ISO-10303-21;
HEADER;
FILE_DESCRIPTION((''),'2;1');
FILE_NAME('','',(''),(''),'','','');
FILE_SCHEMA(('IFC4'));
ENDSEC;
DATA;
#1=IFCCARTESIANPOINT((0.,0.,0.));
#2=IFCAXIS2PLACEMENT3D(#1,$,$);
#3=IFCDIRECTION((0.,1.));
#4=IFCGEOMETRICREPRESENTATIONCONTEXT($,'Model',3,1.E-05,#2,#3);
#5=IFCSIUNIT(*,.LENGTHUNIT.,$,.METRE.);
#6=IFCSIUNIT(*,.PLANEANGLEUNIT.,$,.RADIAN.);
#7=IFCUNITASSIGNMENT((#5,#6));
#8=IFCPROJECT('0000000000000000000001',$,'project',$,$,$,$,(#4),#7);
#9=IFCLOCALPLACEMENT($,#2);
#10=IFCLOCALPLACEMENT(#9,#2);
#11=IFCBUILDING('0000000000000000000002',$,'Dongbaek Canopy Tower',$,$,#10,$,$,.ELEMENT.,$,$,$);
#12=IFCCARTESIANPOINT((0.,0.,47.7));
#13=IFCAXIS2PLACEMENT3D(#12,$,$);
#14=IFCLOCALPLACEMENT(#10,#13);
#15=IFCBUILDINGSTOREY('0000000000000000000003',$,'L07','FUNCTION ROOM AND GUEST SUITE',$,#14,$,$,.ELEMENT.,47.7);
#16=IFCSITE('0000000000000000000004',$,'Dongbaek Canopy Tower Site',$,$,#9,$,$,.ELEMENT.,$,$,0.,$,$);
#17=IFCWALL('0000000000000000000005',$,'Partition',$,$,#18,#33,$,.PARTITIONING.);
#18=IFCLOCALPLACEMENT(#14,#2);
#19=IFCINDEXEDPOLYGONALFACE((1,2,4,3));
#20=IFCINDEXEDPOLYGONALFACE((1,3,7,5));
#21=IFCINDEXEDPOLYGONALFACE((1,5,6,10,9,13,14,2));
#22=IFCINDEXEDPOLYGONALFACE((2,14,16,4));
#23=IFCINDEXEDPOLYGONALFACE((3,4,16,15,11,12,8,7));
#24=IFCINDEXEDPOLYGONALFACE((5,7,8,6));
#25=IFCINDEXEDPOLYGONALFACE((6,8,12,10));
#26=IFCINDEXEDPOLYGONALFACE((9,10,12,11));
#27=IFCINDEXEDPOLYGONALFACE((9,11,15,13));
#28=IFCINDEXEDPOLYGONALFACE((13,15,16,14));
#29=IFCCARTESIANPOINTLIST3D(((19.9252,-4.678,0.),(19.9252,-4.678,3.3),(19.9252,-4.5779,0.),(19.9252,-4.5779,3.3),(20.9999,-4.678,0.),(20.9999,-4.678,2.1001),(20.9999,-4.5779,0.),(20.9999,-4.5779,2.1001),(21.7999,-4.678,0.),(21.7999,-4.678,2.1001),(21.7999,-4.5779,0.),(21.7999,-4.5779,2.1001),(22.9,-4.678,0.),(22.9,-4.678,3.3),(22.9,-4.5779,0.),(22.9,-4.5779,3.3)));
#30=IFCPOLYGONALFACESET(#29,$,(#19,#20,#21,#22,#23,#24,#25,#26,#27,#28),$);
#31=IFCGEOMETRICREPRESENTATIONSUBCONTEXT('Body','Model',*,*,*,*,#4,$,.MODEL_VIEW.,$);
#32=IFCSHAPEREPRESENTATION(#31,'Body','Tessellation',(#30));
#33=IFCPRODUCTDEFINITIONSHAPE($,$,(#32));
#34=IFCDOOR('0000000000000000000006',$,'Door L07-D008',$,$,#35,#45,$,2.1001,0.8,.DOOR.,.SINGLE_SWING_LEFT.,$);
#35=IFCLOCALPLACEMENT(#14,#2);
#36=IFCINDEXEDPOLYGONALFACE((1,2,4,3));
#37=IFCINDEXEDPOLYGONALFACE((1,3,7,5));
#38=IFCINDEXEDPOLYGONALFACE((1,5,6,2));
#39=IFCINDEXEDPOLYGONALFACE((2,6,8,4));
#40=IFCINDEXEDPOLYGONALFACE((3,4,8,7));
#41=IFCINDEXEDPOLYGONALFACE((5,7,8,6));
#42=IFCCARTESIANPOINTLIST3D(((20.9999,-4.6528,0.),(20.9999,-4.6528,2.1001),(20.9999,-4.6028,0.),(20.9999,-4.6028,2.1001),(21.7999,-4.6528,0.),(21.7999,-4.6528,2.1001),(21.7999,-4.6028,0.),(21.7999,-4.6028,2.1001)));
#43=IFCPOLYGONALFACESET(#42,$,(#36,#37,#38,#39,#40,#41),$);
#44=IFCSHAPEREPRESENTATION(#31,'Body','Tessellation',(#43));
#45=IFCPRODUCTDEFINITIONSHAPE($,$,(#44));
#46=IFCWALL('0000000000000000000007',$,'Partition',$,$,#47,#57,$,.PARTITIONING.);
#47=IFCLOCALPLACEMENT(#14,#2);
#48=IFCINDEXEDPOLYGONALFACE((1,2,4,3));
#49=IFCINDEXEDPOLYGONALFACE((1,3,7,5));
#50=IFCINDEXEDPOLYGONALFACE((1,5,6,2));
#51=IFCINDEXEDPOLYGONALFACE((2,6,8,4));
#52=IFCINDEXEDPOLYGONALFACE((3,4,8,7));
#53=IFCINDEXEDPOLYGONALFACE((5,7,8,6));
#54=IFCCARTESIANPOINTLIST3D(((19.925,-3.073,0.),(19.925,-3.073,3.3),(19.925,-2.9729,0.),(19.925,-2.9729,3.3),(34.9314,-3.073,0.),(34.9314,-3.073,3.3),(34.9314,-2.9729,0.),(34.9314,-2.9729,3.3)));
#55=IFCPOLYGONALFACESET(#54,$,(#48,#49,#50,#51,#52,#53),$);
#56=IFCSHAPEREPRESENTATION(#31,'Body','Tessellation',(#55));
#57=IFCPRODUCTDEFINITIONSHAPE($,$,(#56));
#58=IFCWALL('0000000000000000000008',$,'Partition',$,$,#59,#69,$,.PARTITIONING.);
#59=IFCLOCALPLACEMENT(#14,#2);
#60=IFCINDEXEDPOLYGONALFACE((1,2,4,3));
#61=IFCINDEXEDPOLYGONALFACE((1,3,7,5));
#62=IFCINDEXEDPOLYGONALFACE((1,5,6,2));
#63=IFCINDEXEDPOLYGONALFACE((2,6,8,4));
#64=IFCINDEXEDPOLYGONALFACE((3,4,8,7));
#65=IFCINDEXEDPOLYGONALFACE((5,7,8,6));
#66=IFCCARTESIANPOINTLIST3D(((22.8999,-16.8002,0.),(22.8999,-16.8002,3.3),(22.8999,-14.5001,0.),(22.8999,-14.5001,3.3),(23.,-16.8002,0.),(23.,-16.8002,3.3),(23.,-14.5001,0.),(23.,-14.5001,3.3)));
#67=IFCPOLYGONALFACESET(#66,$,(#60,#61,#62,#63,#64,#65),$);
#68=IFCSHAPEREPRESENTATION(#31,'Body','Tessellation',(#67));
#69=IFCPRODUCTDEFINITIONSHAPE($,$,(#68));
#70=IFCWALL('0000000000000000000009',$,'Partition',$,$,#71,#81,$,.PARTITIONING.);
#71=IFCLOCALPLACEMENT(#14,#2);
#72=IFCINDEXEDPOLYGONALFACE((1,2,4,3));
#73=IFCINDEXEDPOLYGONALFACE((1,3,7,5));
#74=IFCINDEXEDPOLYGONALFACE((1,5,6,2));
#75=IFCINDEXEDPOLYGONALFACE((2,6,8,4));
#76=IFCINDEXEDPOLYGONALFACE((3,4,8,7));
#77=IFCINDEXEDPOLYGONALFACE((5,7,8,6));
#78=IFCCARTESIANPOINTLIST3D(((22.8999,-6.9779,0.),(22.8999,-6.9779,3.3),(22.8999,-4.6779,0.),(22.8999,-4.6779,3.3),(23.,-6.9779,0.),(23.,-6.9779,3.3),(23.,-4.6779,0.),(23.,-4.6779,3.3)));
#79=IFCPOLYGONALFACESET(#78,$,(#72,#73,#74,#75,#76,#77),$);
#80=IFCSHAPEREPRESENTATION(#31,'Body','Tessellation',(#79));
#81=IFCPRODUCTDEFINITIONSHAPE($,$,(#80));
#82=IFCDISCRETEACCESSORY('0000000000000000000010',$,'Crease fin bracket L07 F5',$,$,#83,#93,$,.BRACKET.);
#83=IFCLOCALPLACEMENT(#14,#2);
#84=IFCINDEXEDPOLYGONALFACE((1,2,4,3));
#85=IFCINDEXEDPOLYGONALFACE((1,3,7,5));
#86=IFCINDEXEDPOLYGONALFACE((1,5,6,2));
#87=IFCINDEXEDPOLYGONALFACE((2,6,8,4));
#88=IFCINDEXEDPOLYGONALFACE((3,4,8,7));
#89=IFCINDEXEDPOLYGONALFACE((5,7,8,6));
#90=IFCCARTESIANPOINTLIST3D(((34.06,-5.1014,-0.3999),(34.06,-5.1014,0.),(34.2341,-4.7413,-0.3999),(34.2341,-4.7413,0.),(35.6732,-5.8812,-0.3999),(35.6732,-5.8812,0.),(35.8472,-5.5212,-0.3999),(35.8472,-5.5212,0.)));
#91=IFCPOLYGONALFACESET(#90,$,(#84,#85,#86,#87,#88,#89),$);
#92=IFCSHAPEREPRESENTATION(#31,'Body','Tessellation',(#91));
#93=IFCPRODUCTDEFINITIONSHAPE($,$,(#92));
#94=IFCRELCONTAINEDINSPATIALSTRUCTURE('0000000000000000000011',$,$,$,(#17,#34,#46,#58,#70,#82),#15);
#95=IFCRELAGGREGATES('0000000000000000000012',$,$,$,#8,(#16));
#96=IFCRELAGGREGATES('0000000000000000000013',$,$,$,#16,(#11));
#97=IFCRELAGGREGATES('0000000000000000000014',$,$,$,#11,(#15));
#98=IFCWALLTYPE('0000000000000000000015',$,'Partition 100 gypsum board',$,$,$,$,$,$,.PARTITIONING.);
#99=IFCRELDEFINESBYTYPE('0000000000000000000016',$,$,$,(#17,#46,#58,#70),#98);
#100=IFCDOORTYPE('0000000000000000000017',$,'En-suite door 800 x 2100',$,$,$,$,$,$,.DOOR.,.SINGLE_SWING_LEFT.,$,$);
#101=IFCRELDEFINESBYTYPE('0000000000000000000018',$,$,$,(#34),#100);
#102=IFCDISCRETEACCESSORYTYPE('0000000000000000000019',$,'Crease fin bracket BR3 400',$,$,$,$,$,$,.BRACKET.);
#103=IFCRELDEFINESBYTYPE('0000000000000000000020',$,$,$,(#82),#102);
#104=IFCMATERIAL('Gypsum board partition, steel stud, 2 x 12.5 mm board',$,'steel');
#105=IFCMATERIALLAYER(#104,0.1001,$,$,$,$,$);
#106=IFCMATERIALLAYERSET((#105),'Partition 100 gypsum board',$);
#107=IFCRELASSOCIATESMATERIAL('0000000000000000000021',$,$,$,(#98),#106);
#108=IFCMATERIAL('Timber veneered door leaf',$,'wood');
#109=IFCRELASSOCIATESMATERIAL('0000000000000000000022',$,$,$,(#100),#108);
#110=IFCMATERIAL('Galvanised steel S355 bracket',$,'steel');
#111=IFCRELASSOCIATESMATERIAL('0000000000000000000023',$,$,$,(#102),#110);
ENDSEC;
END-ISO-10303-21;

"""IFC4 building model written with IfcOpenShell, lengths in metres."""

from ifc_helpers import new_model, si_unit, direction, frame, frame_2d, origin, origin_2d, place, context, subcontext, project, spatial, rectangle, extrude, material, layer, layer_set, type_object, element, fill, save


model = new_model("IFC4")

# Units and contexts
model_context = context("Model", 3, precision=1e-05, world=origin(), true_north=direction((0.0, 1.0)))
body_context = subcontext(model_context, "Body", "Model", "MODEL_VIEW")
ifc_project = project(units=[si_unit("LENGTHUNIT", "METRE"), si_unit("PLANEANGLEUNIT", "RADIAN")], contexts=[model_context])

# Site, building, storey
site_placement = place(None, origin())
site = spatial("IfcSite", under=ifc_project, at=site_placement, Name="Dongbaek Canopy Tower Site", CompositionType="ELEMENT", RefElevation=0.0)
building_placement = place(site_placement, origin())
building = spatial("IfcBuilding", under=site, at=building_placement, Name="Dongbaek Canopy Tower", CompositionType="ELEMENT")
storey_placement = place(building_placement, frame((0.0, 0.0, 47.7)))
storey = spatial("IfcBuildingStorey", under=building, at=storey_placement, Name="L07", Description="FUNCTION ROOM AND GUEST SUITE", CompositionType="ELEMENT", Elevation=47.7)

# Shared definitions
ifc_material_1 = material(Name="Gypsum board partition, steel stud, 2 x 12.5 mm board", Category="steel")
ifc_layer_1 = layer(ifc_material_1, 0.1001)
ifc_layer_set_1 = layer_set([ifc_layer_1], Name="Partition 100 gypsum board")
wall_type_1 = type_object("IfcWallType", Name="Partition 100 gypsum board", PredefinedType="PARTITIONING", material=ifc_layer_set_1)
ifc_material_2 = material(Name="Timber veneered door leaf", Category="wood")
door_type_1 = type_object("IfcDoorType", Name="En-suite door 800 x 2100", OperationType="SINGLE_SWING_LEFT", PredefinedType="DOOR", material=ifc_material_2)

# Wall, opening, door
wall_1_placement = place(storey_placement, frame((22.8999, -4.6279, 0.0), z_axis=(0.0, 0.0, 1.0), x_axis=(-1.0, 0.0, 0.0)))
wall_1 = element("IfcWall", 1, at=wall_1_placement, inside=storey, type_object=wall_type_1, Name="Partition", PredefinedType="PARTITIONING", context=body_context, shape_type="SweptSolid", body=[
    extrude(rectangle(XDim=2.9749, YDim=0.1001, at=frame_2d((1.4873, 0.0))), origin(), (0.0, 0.0, 1.0), 3.3),
])
opening_1_placement = place(wall_1_placement, frame((1.1001, 0.0, 0.0)))
opening_1 = element("IfcOpeningElement", 2, at=opening_1_placement, cuts=wall_1, PredefinedType="OPENING", context=body_context, shape_type="SweptSolid", body=[
    extrude(rectangle(XDim=0.8, YDim=2.1001, at=frame_2d((0.3999, 1.05))), frame((0.0, 0.0601, 0.0), z_axis=(0.0, -1.0, 0.0), x_axis=(1.0, 0.0, 0.0)), (0.0, 0.0, 1.0), 0.1201),
])
door_1_placement = place(opening_1_placement, origin())
door_1 = element("IfcDoor", 3, at=door_1_placement, inside=storey, type_object=door_type_1, Name="Door L07-D008", OperationType="SINGLE_SWING_LEFT", OverallHeight=2.1001, OverallWidth=0.8, PredefinedType="DOOR", context=body_context, shape_type="SweptSolid", body=[
    extrude(rectangle(XDim=0.8, YDim=2.1001, at=frame_2d((0.3999, 1.05))), frame((0.0, 0.0249, 0.0), z_axis=(0.0, -1.0, 0.0), x_axis=(1.0, 0.0, 0.0)), (0.0, 0.0, 1.0), 0.05),
])
fill(opening_1, door_1)

# Walls
wall_2_placement = place(storey_placement, frame((19.925, -3.0229, 0.0), z_axis=(0.0, 0.0, 1.0), x_axis=(1.0, 0.0, 0.0)))
element("IfcWall", 4, at=wall_2_placement, inside=storey, type_object=wall_type_1, Name="Partition", PredefinedType="PARTITIONING", context=body_context, shape_type="SweptSolid", body=[
    extrude(rectangle(XDim=15.0063, YDim=0.1001, at=frame_2d((7.5032, 0.0))), origin(), (0.0, 0.0, 1.0), 3.3),
])
for number, where, z_axis, x_axis, name in (
    (5, (22.95, -16.8, 0.0), (0.0, 0.0, 1.0), (0.0, 1.0, 0.0), "Partition"),
    (6, (22.95, -6.9778, 0.0), (0.0, 0.0, 1.0), (0.0, 1.0, 0.0), "Partition"),
):
    element("IfcWall", number, at=place(storey_placement, frame(where, z_axis=z_axis, x_axis=x_axis)), inside=storey, type_object=wall_type_1, Name=name, PredefinedType="PARTITIONING", context=body_context, shape_type="SweptSolid", body=[
        extrude(rectangle(XDim=2.3, YDim=0.1001, at=frame_2d((1.1499, 0.0))), origin(), (0.0, 0.0, 1.0), 3.3),
    ])

# Discrete accessory
ifc_material_3 = material(Name="Galvanised steel S355 bracket", Category="steel")
discrete_accessory_type = type_object("IfcDiscreteAccessoryType", Name="Crease fin bracket BR3 400", PredefinedType="BRACKET", material=ifc_material_3)
discrete_accessory_placement = place(storey_placement, frame((34.9536, -5.3113, -0.3999), z_axis=(0.0, 0.0, 1.0), x_axis=(0.900312, -0.435245, 0.0)))
element("IfcDiscreteAccessory", 7, at=discrete_accessory_placement, inside=storey, type_object=discrete_accessory_type, Name="Crease fin bracket L07 F5", PredefinedType="BRACKET", context=body_context, shape_type="SweptSolid", body=[
    extrude(rectangle(XDim=1.7917, YDim=0.3999, at=origin_2d()), origin(), (0.0, 0.0, 1.0), 0.3999),
])

save(model, "model.ifc")
